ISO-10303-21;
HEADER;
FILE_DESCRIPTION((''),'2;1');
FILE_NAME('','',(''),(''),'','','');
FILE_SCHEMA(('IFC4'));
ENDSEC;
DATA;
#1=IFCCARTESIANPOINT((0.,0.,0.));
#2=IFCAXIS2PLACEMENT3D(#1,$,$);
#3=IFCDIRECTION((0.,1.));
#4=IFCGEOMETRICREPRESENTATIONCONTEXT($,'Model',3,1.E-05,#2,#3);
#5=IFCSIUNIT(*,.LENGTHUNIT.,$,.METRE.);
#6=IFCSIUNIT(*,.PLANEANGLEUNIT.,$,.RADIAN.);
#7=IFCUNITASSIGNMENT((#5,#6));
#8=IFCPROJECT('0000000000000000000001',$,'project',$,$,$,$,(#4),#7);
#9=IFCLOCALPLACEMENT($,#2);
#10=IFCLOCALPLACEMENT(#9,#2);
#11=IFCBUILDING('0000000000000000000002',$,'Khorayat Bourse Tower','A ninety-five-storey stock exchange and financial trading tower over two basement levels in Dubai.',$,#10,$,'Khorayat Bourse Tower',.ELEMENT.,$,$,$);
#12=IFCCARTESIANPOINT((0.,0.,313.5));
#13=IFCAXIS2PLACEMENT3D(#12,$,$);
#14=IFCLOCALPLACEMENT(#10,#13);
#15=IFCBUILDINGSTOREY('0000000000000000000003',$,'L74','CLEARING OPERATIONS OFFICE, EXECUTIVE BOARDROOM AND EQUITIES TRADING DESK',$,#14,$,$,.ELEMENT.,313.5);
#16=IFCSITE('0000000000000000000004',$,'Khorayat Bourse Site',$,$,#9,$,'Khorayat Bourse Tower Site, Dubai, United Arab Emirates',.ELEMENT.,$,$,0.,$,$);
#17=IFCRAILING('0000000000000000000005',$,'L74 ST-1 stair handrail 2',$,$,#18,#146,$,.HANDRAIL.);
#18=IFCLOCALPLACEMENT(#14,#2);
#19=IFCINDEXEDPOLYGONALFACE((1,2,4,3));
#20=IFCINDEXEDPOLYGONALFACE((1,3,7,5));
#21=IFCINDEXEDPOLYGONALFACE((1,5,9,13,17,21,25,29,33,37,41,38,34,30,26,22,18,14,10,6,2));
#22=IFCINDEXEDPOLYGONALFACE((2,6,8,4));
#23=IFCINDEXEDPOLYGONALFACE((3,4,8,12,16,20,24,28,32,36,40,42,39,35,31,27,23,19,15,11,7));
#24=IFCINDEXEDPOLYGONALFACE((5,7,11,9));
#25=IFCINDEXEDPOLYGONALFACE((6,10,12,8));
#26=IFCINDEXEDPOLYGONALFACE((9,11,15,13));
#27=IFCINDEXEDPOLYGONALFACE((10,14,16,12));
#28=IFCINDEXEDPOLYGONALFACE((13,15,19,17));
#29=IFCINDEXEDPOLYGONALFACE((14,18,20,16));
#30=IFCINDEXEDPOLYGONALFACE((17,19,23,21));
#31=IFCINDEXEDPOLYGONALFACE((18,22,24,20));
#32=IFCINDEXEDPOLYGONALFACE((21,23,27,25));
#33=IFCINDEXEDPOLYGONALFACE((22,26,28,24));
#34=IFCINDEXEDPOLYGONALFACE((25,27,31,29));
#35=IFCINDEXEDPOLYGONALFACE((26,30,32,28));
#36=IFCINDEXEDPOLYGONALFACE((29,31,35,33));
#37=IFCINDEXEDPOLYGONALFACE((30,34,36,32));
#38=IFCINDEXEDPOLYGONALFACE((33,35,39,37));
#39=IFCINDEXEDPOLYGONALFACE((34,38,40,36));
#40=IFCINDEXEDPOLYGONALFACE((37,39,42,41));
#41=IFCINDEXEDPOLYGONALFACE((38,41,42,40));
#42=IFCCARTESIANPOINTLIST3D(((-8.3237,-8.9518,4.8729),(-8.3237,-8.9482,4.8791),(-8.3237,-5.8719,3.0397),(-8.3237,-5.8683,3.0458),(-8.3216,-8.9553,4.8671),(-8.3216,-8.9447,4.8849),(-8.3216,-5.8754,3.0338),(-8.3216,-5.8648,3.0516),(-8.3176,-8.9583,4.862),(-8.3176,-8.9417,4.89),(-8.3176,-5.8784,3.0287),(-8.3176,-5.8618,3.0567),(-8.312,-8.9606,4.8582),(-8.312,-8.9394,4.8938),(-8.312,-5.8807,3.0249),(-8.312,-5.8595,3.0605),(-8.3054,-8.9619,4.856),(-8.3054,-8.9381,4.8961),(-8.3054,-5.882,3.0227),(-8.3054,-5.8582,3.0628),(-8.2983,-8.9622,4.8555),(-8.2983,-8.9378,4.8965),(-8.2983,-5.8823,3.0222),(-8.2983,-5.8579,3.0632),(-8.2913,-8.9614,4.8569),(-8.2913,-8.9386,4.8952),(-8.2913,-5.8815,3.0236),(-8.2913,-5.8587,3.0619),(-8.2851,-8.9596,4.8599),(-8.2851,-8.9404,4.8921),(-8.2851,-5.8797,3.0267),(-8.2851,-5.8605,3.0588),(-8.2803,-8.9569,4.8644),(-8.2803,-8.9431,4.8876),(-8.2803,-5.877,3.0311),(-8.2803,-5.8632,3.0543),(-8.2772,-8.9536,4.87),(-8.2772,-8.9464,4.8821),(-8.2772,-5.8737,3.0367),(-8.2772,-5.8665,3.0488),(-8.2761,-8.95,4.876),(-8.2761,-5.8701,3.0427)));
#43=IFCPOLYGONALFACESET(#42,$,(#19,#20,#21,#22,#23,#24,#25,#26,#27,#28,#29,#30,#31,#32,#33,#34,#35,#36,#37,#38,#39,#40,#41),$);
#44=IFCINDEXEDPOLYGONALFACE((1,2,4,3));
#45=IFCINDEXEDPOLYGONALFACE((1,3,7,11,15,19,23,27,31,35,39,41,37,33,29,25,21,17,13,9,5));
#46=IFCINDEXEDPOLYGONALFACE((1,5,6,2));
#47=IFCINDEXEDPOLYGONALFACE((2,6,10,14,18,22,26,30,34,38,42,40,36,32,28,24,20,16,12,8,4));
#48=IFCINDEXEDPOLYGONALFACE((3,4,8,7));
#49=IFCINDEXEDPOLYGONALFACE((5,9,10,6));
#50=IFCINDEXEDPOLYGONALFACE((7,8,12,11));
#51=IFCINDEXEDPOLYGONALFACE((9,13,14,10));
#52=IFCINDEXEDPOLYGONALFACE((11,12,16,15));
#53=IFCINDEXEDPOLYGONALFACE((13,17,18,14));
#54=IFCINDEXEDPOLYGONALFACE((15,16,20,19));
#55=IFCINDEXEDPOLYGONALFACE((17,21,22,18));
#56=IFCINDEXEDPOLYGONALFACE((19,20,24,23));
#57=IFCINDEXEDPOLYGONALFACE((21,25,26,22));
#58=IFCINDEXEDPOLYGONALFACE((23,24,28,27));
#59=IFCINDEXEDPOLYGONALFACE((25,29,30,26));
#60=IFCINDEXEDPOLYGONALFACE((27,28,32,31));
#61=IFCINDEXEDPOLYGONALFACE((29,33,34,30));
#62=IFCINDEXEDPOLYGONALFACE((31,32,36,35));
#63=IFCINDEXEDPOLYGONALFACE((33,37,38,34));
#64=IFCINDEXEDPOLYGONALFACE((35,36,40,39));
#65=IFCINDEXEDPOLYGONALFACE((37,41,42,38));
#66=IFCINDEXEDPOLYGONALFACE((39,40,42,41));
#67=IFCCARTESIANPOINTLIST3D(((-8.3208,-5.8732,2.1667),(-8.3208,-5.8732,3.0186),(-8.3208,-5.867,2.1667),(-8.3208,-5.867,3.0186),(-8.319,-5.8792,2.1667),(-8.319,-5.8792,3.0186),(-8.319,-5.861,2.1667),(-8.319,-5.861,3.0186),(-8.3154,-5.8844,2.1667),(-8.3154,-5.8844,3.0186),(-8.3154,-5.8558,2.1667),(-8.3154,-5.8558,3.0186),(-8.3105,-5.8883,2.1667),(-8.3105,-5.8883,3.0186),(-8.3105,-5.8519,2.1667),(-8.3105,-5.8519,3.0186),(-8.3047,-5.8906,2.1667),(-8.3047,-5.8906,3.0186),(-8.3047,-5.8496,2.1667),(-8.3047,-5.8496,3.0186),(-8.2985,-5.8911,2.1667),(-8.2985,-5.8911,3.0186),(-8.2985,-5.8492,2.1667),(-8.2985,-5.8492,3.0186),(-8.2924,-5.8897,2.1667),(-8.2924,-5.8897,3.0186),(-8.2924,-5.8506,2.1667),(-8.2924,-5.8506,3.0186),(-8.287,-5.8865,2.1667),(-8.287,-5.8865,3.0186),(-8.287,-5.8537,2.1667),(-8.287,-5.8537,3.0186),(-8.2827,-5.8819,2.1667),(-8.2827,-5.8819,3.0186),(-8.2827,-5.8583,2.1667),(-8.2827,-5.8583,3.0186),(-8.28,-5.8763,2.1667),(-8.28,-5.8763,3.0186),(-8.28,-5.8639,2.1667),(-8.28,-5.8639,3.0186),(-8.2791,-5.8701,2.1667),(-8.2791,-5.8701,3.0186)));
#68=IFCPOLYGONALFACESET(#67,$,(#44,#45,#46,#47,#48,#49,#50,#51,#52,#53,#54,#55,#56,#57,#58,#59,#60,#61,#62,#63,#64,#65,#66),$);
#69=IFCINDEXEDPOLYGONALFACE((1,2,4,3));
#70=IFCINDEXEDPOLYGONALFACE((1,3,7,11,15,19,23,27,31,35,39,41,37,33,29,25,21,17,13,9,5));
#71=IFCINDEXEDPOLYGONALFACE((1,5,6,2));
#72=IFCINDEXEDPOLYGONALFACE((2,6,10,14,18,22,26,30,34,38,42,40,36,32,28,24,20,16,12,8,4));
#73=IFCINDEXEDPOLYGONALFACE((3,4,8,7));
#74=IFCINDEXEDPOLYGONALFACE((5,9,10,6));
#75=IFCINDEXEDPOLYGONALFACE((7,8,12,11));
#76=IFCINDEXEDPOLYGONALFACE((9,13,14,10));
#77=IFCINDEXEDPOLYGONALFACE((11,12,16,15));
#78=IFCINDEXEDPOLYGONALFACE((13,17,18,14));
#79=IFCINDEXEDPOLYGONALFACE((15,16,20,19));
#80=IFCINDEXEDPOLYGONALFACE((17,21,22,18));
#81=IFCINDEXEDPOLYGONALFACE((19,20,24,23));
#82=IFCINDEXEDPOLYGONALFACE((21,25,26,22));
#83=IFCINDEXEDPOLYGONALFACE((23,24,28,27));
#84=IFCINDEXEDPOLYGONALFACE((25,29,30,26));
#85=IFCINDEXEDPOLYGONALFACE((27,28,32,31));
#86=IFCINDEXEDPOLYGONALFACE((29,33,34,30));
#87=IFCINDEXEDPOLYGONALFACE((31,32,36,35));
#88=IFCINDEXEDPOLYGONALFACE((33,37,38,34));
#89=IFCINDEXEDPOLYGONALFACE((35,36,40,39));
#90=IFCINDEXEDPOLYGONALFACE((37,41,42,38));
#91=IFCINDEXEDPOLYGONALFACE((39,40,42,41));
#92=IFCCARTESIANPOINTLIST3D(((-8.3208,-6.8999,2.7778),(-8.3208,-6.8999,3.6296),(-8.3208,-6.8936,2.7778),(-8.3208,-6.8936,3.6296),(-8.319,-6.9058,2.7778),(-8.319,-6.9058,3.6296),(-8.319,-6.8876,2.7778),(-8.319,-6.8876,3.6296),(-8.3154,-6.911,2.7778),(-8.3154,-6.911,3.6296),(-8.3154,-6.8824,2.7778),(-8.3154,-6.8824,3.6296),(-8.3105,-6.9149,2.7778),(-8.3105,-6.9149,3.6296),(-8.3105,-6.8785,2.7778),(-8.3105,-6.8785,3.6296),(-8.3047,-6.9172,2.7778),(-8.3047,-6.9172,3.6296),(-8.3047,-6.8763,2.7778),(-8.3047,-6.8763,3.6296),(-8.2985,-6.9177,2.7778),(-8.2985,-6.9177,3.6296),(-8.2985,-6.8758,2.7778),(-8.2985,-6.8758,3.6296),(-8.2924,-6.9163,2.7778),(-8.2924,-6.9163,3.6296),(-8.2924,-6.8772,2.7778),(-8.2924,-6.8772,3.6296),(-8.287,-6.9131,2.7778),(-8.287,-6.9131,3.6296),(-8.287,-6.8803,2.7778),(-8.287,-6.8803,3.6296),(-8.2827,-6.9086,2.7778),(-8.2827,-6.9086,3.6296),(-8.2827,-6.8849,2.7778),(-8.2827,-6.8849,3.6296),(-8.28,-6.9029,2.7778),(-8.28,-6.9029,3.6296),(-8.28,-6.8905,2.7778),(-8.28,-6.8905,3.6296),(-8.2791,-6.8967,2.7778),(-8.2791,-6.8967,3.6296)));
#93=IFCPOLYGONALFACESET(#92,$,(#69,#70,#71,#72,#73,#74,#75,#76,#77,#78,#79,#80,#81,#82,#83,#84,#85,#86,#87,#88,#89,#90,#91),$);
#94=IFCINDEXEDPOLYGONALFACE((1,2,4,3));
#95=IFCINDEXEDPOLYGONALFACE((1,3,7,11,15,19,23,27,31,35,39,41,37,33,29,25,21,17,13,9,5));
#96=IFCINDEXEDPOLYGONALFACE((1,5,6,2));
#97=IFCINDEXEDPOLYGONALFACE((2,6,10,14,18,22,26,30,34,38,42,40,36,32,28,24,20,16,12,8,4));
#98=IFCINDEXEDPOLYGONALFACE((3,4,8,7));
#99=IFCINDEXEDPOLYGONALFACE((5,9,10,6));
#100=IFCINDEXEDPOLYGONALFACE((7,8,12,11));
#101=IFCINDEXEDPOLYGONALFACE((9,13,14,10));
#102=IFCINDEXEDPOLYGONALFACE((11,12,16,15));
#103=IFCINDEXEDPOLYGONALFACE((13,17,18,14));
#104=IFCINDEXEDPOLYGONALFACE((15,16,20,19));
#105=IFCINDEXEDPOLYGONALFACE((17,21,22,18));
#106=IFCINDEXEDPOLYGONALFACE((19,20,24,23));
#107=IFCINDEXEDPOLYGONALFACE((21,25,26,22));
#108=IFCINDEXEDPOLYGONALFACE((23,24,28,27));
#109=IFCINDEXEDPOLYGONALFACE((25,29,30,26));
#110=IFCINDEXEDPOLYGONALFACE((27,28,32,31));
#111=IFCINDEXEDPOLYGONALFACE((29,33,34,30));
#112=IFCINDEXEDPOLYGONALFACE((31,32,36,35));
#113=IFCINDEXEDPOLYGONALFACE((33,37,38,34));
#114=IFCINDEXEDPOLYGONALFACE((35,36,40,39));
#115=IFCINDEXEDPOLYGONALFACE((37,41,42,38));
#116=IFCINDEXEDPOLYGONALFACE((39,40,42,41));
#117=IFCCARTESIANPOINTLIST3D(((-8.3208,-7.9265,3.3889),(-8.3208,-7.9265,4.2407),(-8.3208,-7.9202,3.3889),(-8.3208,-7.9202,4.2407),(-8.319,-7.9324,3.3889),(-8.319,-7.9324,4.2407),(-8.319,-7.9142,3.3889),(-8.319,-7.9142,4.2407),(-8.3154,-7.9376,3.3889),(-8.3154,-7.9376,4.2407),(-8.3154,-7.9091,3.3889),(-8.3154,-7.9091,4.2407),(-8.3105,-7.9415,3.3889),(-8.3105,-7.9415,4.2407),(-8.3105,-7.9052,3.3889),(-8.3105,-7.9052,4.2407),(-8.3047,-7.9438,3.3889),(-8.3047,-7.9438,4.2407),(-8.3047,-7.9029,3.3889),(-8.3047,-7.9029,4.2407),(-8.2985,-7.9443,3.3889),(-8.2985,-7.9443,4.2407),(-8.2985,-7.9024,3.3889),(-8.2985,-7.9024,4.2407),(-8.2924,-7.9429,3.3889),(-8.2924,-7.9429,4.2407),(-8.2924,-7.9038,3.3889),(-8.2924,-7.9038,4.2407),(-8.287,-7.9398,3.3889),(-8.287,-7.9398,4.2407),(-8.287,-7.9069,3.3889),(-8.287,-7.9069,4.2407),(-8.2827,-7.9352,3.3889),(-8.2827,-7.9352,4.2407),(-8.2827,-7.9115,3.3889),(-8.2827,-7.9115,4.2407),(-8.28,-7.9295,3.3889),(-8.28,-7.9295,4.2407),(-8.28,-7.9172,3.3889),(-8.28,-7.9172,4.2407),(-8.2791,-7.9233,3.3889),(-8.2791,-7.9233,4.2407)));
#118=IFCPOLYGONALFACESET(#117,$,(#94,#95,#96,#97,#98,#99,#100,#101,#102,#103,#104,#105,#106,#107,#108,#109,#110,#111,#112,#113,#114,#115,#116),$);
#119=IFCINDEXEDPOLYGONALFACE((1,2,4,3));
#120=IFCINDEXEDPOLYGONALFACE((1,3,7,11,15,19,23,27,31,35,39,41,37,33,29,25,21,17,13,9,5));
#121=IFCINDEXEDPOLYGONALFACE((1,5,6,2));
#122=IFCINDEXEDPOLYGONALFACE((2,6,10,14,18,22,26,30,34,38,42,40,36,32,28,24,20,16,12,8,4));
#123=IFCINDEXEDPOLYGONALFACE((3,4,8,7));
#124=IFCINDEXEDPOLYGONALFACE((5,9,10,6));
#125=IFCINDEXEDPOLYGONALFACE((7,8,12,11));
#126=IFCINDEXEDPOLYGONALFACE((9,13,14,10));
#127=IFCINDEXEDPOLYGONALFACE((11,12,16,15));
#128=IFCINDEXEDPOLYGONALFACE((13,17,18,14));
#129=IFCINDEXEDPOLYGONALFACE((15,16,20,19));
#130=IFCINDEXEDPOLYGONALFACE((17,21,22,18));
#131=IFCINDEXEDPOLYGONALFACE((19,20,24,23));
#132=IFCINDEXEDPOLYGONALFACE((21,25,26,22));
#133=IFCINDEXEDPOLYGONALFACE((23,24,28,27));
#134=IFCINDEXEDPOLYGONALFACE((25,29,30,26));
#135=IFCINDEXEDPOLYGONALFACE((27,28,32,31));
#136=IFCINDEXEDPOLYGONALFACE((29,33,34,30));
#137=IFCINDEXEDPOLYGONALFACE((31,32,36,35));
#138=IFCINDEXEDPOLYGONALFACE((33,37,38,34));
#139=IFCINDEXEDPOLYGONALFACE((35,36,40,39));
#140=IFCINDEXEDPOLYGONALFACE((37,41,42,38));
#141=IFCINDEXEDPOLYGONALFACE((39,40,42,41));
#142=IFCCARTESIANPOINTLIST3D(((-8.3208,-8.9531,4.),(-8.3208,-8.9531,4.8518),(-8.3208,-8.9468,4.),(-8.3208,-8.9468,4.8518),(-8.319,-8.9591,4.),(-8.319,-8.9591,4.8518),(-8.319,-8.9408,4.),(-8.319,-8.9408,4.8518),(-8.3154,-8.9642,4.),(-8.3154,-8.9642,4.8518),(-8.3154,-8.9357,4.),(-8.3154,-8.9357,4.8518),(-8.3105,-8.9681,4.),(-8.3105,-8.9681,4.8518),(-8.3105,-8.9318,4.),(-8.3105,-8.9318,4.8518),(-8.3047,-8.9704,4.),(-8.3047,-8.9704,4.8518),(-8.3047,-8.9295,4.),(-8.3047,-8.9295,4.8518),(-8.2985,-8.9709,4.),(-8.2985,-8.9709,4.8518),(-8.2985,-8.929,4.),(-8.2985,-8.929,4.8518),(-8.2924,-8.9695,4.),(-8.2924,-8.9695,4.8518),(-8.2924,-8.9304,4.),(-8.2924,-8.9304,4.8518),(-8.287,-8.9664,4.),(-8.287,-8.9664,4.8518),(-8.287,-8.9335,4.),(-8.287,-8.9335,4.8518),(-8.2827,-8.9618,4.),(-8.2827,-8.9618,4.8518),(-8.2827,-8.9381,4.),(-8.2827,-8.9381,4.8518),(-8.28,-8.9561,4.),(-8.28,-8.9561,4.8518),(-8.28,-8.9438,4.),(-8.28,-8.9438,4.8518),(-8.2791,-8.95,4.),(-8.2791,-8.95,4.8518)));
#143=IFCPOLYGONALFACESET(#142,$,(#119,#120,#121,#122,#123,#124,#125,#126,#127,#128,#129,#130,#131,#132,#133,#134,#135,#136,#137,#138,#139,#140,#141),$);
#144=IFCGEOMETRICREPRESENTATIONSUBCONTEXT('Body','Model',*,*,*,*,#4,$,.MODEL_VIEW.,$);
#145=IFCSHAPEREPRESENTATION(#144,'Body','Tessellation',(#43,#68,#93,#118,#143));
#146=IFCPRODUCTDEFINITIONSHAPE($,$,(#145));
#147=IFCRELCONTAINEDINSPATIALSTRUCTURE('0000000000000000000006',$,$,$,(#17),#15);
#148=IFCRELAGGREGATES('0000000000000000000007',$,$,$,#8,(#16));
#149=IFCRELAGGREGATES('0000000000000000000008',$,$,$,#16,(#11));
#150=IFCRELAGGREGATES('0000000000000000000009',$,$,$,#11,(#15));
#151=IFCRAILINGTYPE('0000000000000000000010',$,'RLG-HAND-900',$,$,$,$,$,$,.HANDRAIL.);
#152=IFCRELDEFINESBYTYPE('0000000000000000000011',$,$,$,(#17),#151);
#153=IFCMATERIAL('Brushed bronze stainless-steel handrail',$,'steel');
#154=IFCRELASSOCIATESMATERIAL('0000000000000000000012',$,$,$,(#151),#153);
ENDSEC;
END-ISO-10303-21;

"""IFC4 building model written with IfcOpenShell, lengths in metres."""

from ifc_helpers import new_model, si_unit, direction, frame, origin, origin_2d, place, context, subcontext, project, spatial, circle, extrude, source, transform, mapped, material, type_object, element, save


model = new_model("IFC4")

# Units and contexts
model_context = context("Model", 3, precision=1e-05, world=origin(), true_north=direction((0.0, 1.0)))
body_context = subcontext(model_context, "Body", "Model", "MODEL_VIEW")
ifc_project = project(units=[si_unit("LENGTHUNIT", "METRE"), si_unit("PLANEANGLEUNIT", "RADIAN")], contexts=[model_context])

# Site, building, storey
site_placement = place(None, origin())
site = spatial("IfcSite", under=ifc_project, at=site_placement, Name="Khorayat Bourse Site", LongName="Khorayat Bourse Tower Site, Dubai, United Arab Emirates", CompositionType="ELEMENT", RefElevation=0.0)
building_placement = place(site_placement, origin())
building = spatial("IfcBuilding", under=site, at=building_placement, Name="Khorayat Bourse Tower", Description="A ninety-five-storey stock exchange and financial trading tower over two basement levels in Dubai.", LongName="Khorayat Bourse Tower", CompositionType="ELEMENT")
storey_placement = place(building_placement, frame((0.0, 0.0, 313.5)))
storey = spatial("IfcBuildingStorey", under=building, at=storey_placement, Name="L74", Description="CLEARING OPERATIONS OFFICE, EXECUTIVE BOARDROOM AND EQUITIES TRADING DESK", CompositionType="ELEMENT", Elevation=313.5)

# Railing
ifc_material_1 = material(Name="Brushed bronze stainless-steel handrail", Category="steel")
railing_type_1 = type_object("IfcRailingType", Name="RLG-HAND-900", PredefinedType="HANDRAIL", material=ifc_material_1)
shared_shape_1 = source(origin(), body_context, "Body", "SweptSolid", [
    extrude(circle(Radius=0.0239, at=origin_2d()), frame((0.0, 0.0, 0.876), z_axis=(0.0, -0.859291, 0.511487), x_axis=(1.0, 0.0, 0.0)), (0.0, 0.0, 1.0), 3.5842),
    extrude(circle(Radius=0.021, at=origin_2d()), origin(), (0.0, 0.0, 1.0), 0.8518),
    extrude(circle(Radius=0.021, at=origin_2d()), frame((0.0, -1.0266, 0.6111)), (0.0, 0.0, 1.0), 0.8518),
    extrude(circle(Radius=0.021, at=origin_2d()), frame((0.0, -2.0532, 1.2222)), (0.0, 0.0, 1.0), 0.8518),
    extrude(circle(Radius=0.021, at=origin_2d()), frame((0.0, -3.0798, 1.8333)), (0.0, 0.0, 1.0), 0.8518),
])
railing_1_placement = place(storey_placement, frame((-8.3, -5.8701, 2.1667)))
element("IfcRailing", 1, at=railing_1_placement, inside=storey, type_object=railing_type_1, Name="L74 ST-1 stair handrail 2", PredefinedType="HANDRAIL", context=body_context, shape_type="MappedRepresentation", body=[
    mapped(shared_shape_1, transform((0.0, 0.0, 0.0), scale=1.0)),
])

save(model, "model.ifc")
